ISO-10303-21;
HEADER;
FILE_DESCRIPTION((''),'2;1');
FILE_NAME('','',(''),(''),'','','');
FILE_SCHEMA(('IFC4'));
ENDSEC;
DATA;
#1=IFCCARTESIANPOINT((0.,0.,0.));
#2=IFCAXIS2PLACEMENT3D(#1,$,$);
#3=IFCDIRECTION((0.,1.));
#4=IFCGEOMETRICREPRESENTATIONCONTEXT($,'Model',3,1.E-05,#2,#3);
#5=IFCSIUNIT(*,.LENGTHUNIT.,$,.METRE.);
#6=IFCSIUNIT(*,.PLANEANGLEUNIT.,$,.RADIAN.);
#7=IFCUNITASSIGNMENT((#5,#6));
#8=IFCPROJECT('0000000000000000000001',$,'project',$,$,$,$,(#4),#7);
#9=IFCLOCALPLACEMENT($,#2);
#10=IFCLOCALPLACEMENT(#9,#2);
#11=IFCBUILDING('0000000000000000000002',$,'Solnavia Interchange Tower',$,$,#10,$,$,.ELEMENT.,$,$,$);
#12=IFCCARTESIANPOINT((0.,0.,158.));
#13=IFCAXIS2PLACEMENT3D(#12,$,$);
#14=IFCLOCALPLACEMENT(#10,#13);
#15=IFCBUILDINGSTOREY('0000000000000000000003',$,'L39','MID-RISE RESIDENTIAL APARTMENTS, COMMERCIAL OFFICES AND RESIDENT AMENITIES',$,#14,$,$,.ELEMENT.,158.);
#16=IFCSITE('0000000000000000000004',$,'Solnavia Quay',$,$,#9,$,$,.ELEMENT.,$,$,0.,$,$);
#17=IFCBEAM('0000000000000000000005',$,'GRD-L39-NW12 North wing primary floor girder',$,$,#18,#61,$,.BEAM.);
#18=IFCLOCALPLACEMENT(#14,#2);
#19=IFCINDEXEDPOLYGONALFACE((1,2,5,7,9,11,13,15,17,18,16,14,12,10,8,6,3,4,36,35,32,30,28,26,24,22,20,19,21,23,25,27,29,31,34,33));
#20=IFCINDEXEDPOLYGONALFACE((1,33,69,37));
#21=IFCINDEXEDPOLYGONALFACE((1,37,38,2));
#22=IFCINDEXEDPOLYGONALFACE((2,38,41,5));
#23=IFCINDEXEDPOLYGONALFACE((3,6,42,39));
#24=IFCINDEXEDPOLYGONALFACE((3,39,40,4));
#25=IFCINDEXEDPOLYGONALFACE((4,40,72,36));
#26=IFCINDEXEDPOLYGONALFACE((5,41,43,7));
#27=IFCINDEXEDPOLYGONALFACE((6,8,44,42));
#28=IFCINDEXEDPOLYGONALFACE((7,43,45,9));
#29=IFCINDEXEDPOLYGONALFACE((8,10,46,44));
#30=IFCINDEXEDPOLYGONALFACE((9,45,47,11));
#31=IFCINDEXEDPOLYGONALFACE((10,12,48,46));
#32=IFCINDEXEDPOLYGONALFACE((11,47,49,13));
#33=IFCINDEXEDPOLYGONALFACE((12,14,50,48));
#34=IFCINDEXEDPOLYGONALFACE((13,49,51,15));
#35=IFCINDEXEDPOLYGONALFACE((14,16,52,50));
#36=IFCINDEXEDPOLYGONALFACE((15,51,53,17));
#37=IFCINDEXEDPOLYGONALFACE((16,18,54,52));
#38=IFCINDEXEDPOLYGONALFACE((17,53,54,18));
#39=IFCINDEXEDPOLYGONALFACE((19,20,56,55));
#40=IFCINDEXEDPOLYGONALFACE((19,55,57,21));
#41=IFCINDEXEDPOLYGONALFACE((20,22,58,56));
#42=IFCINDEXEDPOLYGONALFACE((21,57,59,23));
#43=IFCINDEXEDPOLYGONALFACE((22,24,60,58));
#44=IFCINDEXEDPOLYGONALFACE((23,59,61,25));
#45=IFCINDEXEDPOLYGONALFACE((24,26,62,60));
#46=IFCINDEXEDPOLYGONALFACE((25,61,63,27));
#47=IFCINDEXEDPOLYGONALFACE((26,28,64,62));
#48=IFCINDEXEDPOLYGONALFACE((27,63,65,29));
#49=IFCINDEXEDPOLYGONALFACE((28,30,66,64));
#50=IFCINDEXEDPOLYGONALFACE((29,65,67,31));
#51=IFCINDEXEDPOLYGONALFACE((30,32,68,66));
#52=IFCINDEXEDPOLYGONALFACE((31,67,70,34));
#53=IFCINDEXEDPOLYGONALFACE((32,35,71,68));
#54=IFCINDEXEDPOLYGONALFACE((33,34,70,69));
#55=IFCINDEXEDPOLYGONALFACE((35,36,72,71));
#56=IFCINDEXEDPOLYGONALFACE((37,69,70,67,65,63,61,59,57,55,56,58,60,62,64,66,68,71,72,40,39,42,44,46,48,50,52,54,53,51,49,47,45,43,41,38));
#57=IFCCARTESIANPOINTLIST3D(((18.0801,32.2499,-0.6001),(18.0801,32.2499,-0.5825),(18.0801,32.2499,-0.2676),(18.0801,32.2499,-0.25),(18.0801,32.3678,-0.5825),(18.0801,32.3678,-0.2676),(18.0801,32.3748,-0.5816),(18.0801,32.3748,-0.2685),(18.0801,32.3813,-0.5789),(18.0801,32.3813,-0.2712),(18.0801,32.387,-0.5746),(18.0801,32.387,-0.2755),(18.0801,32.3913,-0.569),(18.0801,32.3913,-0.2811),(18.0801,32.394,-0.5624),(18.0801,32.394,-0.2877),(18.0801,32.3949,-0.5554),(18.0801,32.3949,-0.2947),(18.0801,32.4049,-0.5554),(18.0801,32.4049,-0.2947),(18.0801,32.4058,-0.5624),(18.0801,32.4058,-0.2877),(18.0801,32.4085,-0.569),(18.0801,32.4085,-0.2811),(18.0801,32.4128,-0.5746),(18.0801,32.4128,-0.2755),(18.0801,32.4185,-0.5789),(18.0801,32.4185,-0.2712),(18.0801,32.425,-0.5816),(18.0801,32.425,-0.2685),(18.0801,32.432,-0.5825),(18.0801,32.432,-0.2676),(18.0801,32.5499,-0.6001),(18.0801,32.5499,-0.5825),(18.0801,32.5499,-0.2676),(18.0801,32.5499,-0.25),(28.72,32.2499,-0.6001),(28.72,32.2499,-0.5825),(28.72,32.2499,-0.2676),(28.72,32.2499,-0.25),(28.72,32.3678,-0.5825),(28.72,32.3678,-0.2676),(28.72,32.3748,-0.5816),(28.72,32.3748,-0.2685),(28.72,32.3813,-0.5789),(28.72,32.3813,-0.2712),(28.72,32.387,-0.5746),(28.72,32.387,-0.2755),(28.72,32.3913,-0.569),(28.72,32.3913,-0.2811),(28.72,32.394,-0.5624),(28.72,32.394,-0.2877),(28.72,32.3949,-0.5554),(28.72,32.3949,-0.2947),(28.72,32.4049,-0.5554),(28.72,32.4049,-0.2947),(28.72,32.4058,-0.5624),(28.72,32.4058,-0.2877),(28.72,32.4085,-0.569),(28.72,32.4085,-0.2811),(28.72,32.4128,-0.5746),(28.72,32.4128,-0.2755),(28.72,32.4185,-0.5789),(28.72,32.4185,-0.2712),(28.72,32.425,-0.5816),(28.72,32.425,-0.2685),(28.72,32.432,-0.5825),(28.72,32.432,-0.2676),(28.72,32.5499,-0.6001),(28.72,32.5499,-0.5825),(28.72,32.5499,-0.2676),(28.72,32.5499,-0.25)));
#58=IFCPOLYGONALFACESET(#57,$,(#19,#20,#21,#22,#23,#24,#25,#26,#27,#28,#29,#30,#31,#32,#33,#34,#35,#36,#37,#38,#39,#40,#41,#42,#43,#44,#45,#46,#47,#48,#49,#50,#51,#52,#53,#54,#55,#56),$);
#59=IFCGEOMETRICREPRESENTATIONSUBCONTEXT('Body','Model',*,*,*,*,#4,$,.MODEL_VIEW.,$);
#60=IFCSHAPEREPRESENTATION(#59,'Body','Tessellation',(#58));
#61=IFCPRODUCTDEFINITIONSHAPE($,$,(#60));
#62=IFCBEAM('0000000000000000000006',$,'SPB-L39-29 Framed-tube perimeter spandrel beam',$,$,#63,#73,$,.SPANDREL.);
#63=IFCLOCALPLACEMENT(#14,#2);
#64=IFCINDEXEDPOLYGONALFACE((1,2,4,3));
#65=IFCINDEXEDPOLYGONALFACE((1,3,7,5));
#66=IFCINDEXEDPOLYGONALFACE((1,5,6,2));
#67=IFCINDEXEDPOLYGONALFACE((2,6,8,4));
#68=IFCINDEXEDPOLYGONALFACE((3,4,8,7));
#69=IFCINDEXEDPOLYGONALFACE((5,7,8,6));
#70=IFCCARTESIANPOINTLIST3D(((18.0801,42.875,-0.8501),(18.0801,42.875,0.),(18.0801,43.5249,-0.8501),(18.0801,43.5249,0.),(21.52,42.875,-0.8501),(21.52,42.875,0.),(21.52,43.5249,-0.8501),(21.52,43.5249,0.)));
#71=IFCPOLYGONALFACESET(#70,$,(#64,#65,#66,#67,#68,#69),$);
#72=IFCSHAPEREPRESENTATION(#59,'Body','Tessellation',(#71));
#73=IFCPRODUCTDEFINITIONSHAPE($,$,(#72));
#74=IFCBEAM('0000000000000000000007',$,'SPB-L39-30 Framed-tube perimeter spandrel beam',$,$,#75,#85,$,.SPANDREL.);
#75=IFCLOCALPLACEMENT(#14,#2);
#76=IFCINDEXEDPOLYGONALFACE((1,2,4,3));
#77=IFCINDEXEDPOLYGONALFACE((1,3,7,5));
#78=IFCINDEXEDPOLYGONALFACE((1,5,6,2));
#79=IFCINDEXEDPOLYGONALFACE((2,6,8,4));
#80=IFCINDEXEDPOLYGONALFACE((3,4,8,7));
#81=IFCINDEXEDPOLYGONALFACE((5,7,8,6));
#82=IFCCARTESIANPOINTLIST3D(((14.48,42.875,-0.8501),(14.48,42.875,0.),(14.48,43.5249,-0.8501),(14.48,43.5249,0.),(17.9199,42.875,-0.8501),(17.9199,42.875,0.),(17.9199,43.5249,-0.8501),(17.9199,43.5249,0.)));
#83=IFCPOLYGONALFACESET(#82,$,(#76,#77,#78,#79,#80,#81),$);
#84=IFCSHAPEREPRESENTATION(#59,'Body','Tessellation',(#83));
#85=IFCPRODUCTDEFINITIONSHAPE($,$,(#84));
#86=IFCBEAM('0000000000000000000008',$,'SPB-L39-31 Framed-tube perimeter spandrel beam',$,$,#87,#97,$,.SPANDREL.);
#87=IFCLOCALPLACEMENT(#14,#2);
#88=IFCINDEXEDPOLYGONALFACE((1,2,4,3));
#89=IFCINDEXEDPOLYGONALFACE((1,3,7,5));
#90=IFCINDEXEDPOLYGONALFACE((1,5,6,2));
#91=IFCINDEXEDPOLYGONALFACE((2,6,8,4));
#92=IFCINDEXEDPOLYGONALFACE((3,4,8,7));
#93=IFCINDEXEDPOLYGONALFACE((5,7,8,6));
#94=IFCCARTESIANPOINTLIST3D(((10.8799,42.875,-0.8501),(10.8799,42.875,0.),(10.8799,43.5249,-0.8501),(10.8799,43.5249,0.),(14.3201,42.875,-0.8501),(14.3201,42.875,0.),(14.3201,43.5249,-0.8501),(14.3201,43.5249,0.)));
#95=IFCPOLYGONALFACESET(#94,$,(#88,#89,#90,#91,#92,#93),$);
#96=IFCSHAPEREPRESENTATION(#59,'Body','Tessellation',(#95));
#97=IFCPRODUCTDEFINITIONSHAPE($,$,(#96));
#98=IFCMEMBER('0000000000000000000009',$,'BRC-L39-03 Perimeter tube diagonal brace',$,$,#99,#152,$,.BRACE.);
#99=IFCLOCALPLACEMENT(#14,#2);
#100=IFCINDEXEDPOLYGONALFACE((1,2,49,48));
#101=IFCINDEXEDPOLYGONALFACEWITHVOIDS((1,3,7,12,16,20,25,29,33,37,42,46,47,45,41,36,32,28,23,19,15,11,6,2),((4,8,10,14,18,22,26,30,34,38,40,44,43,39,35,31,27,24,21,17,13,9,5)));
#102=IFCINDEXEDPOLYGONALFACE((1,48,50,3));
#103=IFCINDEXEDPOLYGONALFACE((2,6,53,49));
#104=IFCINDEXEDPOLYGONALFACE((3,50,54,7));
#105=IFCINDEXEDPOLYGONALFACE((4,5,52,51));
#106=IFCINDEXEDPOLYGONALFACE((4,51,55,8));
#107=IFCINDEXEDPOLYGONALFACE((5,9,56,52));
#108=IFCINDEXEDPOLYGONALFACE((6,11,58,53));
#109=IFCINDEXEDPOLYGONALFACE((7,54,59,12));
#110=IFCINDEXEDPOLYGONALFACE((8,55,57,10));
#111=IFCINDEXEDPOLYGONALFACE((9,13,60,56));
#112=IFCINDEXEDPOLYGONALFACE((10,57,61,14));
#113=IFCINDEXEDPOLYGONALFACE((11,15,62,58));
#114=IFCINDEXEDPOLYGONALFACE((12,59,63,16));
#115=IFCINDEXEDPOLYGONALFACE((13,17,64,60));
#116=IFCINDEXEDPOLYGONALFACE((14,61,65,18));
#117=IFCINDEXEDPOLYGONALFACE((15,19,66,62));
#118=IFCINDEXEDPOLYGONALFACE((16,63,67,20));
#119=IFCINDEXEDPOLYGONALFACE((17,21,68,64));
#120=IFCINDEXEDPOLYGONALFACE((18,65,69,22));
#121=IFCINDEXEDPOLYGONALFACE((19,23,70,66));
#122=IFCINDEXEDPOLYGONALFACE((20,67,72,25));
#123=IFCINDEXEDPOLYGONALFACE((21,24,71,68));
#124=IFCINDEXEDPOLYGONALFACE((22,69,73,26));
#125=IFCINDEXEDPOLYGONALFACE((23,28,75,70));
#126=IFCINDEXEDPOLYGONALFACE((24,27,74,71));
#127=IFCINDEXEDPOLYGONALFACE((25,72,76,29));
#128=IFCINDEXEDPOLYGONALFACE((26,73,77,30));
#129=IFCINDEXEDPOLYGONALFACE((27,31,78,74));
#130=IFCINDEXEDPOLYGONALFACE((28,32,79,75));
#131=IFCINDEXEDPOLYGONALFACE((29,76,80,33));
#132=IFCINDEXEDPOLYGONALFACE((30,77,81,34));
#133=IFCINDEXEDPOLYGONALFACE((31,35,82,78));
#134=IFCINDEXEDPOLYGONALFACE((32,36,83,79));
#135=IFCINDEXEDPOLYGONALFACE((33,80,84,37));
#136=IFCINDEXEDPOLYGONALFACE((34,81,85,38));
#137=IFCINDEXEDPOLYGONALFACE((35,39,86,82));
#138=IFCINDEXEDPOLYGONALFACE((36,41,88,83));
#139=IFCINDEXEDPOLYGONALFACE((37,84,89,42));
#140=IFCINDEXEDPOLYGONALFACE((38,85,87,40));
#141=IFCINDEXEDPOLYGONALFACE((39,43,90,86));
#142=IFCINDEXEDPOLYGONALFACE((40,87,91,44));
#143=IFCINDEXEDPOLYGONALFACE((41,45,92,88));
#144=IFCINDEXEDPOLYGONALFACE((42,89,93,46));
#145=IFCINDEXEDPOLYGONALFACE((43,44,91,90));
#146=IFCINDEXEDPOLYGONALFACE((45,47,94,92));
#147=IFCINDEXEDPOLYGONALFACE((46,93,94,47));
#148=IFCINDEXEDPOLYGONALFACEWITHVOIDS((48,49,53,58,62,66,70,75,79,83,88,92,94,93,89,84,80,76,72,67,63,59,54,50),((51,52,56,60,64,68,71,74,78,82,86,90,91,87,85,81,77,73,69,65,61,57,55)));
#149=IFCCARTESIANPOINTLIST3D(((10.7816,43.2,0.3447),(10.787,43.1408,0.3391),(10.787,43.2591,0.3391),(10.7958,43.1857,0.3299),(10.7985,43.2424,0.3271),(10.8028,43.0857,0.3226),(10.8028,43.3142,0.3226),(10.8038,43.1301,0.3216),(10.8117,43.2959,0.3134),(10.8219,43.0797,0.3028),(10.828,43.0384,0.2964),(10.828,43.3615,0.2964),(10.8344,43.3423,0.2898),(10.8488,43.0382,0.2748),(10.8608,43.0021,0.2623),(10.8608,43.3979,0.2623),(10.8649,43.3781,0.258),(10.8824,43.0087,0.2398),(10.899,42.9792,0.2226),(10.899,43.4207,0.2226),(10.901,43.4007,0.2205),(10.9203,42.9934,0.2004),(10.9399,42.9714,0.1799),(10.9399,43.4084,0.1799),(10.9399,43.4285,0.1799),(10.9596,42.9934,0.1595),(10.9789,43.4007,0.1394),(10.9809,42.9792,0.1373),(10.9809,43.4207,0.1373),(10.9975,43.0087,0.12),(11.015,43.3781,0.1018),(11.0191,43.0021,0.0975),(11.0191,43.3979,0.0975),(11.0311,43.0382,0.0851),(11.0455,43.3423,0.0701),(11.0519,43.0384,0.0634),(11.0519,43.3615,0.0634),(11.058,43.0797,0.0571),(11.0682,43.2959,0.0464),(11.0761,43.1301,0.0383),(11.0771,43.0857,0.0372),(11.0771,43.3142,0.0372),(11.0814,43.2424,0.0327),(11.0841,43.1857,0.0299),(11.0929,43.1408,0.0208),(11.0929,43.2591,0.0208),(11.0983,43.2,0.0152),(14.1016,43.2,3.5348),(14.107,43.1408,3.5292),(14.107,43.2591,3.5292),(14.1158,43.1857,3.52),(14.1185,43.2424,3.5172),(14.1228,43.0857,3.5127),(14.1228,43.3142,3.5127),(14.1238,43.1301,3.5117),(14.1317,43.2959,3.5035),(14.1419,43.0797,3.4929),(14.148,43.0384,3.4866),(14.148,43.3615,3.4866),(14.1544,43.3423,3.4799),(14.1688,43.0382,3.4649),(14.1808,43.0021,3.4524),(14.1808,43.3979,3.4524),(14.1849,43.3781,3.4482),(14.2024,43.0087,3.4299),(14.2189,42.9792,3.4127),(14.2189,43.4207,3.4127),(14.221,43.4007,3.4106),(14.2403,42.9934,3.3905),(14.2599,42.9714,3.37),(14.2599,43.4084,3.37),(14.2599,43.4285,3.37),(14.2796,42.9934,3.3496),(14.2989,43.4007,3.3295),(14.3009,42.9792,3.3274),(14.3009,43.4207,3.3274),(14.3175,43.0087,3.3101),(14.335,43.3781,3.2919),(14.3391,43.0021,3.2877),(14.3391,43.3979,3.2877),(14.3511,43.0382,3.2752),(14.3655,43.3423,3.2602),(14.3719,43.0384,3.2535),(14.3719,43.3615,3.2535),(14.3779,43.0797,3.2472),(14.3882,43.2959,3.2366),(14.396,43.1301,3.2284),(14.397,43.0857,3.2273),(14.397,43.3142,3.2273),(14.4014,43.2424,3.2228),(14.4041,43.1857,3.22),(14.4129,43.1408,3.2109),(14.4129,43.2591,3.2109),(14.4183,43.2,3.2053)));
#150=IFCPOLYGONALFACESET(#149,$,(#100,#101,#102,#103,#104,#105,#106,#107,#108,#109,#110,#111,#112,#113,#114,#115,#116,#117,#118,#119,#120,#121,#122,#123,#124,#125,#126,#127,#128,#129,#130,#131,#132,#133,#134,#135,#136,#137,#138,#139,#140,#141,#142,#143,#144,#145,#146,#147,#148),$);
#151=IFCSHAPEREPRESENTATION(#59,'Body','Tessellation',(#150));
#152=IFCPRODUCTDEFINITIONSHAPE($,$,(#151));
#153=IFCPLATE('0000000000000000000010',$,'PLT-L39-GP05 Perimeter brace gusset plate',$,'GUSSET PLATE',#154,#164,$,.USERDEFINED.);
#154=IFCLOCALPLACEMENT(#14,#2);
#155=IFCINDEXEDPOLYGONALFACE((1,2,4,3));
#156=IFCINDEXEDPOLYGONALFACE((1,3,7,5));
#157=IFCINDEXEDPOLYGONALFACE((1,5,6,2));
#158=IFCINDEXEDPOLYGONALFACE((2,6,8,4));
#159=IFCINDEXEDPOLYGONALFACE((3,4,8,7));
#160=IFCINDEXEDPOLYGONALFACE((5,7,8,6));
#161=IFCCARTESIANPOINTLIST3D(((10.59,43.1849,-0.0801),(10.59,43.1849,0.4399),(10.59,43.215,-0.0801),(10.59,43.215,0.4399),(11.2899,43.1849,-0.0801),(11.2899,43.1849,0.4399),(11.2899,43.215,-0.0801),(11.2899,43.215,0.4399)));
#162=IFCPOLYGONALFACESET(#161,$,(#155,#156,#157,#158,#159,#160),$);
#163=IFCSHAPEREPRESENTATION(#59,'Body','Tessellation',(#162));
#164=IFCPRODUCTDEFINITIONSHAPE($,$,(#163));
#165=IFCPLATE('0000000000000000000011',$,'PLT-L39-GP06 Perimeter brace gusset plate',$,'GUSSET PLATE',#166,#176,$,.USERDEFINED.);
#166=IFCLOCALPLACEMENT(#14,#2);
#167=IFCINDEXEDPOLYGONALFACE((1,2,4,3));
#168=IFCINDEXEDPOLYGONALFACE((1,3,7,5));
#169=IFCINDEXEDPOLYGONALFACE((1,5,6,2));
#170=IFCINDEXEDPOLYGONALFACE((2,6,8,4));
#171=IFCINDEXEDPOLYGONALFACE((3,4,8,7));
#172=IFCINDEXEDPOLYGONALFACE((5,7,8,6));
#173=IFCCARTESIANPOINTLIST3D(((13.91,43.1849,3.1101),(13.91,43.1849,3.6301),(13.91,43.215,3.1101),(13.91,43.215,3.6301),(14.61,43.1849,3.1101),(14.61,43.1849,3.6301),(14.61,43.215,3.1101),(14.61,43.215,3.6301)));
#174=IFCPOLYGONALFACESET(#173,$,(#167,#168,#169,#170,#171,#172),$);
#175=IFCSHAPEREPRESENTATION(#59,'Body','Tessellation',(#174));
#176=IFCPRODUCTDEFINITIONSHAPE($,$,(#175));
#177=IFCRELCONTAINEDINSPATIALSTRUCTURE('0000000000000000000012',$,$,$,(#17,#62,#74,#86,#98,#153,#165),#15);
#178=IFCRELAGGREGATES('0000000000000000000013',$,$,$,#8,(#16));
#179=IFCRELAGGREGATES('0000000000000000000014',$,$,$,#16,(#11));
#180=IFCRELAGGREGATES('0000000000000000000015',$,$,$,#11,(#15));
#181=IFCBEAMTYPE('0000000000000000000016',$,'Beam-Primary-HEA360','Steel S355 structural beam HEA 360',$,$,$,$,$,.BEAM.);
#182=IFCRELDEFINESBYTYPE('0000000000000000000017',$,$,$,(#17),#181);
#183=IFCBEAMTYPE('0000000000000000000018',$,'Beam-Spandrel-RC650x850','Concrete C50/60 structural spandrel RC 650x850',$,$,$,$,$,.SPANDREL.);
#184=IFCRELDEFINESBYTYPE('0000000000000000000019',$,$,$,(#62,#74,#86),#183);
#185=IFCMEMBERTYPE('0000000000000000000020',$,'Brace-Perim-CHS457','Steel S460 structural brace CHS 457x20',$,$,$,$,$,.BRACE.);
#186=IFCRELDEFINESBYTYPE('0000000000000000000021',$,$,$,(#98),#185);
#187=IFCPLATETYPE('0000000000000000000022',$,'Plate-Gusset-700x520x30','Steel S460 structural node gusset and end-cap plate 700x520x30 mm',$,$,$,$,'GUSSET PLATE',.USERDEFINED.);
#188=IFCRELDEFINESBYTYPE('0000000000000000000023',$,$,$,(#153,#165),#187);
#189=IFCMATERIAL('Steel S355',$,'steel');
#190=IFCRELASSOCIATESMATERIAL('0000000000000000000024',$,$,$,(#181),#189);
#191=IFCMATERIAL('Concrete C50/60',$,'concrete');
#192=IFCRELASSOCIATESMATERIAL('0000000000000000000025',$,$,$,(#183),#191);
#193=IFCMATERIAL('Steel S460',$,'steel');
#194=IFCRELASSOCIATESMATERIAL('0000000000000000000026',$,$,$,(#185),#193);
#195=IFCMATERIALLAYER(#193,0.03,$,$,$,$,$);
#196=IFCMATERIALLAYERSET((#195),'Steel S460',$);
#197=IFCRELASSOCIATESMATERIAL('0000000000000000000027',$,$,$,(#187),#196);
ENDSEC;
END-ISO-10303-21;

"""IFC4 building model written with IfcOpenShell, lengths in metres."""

from ifc_helpers import new_model, si_unit, direction, frame, origin, origin_2d, place, context, subcontext, project, spatial, rectangle, hollow_circle, i_section, extrude, material, layer, layer_set, material_profile, profile_set, type_object, element, save


model = new_model("IFC4")

# Units and contexts
model_context = context("Model", 3, precision=1e-05, world=origin(), true_north=direction((0.0, 1.0)))
body_context = subcontext(model_context, "Body", "Model", "MODEL_VIEW")
ifc_project = project(units=[si_unit("LENGTHUNIT", "METRE"), si_unit("PLANEANGLEUNIT", "RADIAN")], contexts=[model_context])

# Site, building, storey
site_placement = place(None, origin())
site = spatial("IfcSite", under=ifc_project, at=site_placement, Name="Solnavia Quay", CompositionType="ELEMENT", RefElevation=0.0)
building_placement = place(site_placement, origin())
building = spatial("IfcBuilding", under=site, at=building_placement, Name="Solnavia Interchange Tower", CompositionType="ELEMENT")
storey_placement = place(building_placement, frame((0.0, 0.0, 158.0)))
storey = spatial("IfcBuildingStorey", under=building, at=storey_placement, Name="L39", Description="MID-RISE RESIDENTIAL APARTMENTS, COMMERCIAL OFFICES AND RESIDENT AMENITIES", CompositionType="ELEMENT", Elevation=158.0)

# Shared definitions
ifc_material_1 = material(Name="Concrete C50/60", Category="concrete")
ifc_material_2 = material(Name="Steel S355", Category="steel")

# Beams
ifc_material_3 = material(Name="Steel S460", Category="steel")
ifc_material_profile_1 = material_profile(ifc_material_2, i_section(OverallWidth=0.3, OverallDepth=0.3501, WebThickness=0.01, FlangeThickness=0.0176, FilletRadius=0.0271, at=origin_2d()), Name="HEA 360")
ifc_profile_set_1 = profile_set([ifc_material_profile_1], Name="Steel S355")
beam_type_1 = type_object("IfcBeamType", Name="Beam-Primary-HEA360", Description="Steel S355 structural beam HEA 360", PredefinedType="BEAM", material=ifc_profile_set_1)
beam_1_placement = place(storey_placement, frame((18.0801, 32.3999, -0.425), z_axis=(1.0, 0.0, 0.0), x_axis=(0.0, 1.0, 0.0)))
element("IfcBeam", 1, at=beam_1_placement, inside=storey, type_object=beam_type_1, Name="GRD-L39-NW12 North wing primary floor girder", PredefinedType="BEAM", context=body_context, shape_type="SweptSolid", body=[
    extrude(i_section(OverallWidth=0.3, OverallDepth=0.3501, WebThickness=0.01, FlangeThickness=0.0176, FilletRadius=0.0271, at=origin_2d()), origin(), (0.0, 0.0, 1.0), 10.6399),
])
ifc_material_profile_2 = material_profile(ifc_material_1, rectangle(XDim=0.6499, YDim=0.8501, at=origin_2d()), Name="RC 650x850")
ifc_profile_set_2 = profile_set([ifc_material_profile_2], Name="Concrete C50/60")
beam_type_2 = type_object("IfcBeamType", Name="Beam-Spandrel-RC650x850", Description="Concrete C50/60 structural spandrel RC 650x850", PredefinedType="SPANDREL", material=ifc_profile_set_2)
for number, where, z_axis, x_axis, name in (
    (2, (21.52, 43.2, -0.425), (-1.0, 0.0, 0.0), (0.0, -1.0, 0.0), "SPB-L39-29 Framed-tube perimeter spandrel beam"),
    (3, (17.9199, 43.2, -0.425), (-1.0, 0.0, 0.0), (0.0, -1.0, 0.0), "SPB-L39-30 Framed-tube perimeter spandrel beam"),
):
    element("IfcBeam", number, at=place(storey_placement, frame(where, z_axis=z_axis, x_axis=x_axis)), inside=storey, type_object=beam_type_2, Name=name, PredefinedType="SPANDREL", context=body_context, shape_type="SweptSolid", body=[
        extrude(rectangle(XDim=0.6499, YDim=0.8501, at=origin_2d()), origin(), (0.0, 0.0, 1.0), 3.4399),
    ])
beam_2_placement = place(storey_placement, frame((14.3201, 43.2, -0.425), z_axis=(-1.0, 0.0, 0.0), x_axis=(0.0, -1.0, 0.0)))
element("IfcBeam", 4, at=beam_2_placement, inside=storey, type_object=beam_type_2, Name="SPB-L39-31 Framed-tube perimeter spandrel beam", PredefinedType="SPANDREL", context=body_context, shape_type="SweptSolid", body=[
    extrude(rectangle(XDim=0.6499, YDim=0.8501, at=origin_2d()), origin(), (0.0, 0.0, 1.0), 3.4402),
])

# Member
ifc_material_profile_3 = material_profile(ifc_material_3, hollow_circle(Radius=0.2285, WallThickness=0.02, at=origin_2d()), Name="CHS 457x20")
ifc_profile_set_3 = profile_set([ifc_material_profile_3], Name="Steel S460")
member_type = type_object("IfcMemberType", Name="Brace-Perim-CHS457", Description="Steel S460 structural brace CHS 457x20", PredefinedType="BRACE", material=ifc_profile_set_3)
member_placement = place(storey_placement, frame((10.9399, 43.2, 0.1799), z_axis=(0.72107, 0.0, 0.692862), x_axis=(0.0, 1.0, 0.0)))
element("IfcMember", 5, at=member_placement, inside=storey, type_object=member_type, Name="BRC-L39-03 Perimeter tube diagonal brace", PredefinedType="BRACE", context=body_context, shape_type="SweptSolid", body=[
    extrude(hollow_circle(Radius=0.2285, WallThickness=0.02, at=origin_2d()), origin(), (0.0, 0.0, 1.0), 4.6042),
])

# Plates
ifc_layer_1 = layer(ifc_material_3, 0.03)
ifc_layer_set_1 = layer_set([ifc_layer_1], Name="Steel S460")
plate_type = type_object("IfcPlateType", Name="Plate-Gusset-700x520x30", Description="Steel S460 structural node gusset and end-cap plate 700x520x30 mm", ElementType="GUSSET PLATE", PredefinedType="USERDEFINED", material=ifc_layer_set_1)
for number, where, z_axis, x_axis, name in (
    (6, (10.9399, 43.2, -0.0801), (0.0, 0.0, 1.0), (1.0, 0.0, 0.0), "PLT-L39-GP05 Perimeter brace gusset plate"),
    (7, (14.26, 43.2, 3.1101), (0.0, 0.0, 1.0), (1.0, 0.0, 0.0), "PLT-L39-GP06 Perimeter brace gusset plate"),
):
    element("IfcPlate", number, at=place(storey_placement, frame(where, z_axis=z_axis, x_axis=x_axis)), inside=storey, type_object=plate_type, Name=name, ObjectType="GUSSET PLATE", PredefinedType="USERDEFINED", context=body_context, shape_type="SweptSolid", body=[
        extrude(rectangle(XDim=0.7, YDim=0.03, at=origin_2d()), origin(), (0.0, 0.0, 1.0), 0.52),
    ])

save(model, "model.ifc")
